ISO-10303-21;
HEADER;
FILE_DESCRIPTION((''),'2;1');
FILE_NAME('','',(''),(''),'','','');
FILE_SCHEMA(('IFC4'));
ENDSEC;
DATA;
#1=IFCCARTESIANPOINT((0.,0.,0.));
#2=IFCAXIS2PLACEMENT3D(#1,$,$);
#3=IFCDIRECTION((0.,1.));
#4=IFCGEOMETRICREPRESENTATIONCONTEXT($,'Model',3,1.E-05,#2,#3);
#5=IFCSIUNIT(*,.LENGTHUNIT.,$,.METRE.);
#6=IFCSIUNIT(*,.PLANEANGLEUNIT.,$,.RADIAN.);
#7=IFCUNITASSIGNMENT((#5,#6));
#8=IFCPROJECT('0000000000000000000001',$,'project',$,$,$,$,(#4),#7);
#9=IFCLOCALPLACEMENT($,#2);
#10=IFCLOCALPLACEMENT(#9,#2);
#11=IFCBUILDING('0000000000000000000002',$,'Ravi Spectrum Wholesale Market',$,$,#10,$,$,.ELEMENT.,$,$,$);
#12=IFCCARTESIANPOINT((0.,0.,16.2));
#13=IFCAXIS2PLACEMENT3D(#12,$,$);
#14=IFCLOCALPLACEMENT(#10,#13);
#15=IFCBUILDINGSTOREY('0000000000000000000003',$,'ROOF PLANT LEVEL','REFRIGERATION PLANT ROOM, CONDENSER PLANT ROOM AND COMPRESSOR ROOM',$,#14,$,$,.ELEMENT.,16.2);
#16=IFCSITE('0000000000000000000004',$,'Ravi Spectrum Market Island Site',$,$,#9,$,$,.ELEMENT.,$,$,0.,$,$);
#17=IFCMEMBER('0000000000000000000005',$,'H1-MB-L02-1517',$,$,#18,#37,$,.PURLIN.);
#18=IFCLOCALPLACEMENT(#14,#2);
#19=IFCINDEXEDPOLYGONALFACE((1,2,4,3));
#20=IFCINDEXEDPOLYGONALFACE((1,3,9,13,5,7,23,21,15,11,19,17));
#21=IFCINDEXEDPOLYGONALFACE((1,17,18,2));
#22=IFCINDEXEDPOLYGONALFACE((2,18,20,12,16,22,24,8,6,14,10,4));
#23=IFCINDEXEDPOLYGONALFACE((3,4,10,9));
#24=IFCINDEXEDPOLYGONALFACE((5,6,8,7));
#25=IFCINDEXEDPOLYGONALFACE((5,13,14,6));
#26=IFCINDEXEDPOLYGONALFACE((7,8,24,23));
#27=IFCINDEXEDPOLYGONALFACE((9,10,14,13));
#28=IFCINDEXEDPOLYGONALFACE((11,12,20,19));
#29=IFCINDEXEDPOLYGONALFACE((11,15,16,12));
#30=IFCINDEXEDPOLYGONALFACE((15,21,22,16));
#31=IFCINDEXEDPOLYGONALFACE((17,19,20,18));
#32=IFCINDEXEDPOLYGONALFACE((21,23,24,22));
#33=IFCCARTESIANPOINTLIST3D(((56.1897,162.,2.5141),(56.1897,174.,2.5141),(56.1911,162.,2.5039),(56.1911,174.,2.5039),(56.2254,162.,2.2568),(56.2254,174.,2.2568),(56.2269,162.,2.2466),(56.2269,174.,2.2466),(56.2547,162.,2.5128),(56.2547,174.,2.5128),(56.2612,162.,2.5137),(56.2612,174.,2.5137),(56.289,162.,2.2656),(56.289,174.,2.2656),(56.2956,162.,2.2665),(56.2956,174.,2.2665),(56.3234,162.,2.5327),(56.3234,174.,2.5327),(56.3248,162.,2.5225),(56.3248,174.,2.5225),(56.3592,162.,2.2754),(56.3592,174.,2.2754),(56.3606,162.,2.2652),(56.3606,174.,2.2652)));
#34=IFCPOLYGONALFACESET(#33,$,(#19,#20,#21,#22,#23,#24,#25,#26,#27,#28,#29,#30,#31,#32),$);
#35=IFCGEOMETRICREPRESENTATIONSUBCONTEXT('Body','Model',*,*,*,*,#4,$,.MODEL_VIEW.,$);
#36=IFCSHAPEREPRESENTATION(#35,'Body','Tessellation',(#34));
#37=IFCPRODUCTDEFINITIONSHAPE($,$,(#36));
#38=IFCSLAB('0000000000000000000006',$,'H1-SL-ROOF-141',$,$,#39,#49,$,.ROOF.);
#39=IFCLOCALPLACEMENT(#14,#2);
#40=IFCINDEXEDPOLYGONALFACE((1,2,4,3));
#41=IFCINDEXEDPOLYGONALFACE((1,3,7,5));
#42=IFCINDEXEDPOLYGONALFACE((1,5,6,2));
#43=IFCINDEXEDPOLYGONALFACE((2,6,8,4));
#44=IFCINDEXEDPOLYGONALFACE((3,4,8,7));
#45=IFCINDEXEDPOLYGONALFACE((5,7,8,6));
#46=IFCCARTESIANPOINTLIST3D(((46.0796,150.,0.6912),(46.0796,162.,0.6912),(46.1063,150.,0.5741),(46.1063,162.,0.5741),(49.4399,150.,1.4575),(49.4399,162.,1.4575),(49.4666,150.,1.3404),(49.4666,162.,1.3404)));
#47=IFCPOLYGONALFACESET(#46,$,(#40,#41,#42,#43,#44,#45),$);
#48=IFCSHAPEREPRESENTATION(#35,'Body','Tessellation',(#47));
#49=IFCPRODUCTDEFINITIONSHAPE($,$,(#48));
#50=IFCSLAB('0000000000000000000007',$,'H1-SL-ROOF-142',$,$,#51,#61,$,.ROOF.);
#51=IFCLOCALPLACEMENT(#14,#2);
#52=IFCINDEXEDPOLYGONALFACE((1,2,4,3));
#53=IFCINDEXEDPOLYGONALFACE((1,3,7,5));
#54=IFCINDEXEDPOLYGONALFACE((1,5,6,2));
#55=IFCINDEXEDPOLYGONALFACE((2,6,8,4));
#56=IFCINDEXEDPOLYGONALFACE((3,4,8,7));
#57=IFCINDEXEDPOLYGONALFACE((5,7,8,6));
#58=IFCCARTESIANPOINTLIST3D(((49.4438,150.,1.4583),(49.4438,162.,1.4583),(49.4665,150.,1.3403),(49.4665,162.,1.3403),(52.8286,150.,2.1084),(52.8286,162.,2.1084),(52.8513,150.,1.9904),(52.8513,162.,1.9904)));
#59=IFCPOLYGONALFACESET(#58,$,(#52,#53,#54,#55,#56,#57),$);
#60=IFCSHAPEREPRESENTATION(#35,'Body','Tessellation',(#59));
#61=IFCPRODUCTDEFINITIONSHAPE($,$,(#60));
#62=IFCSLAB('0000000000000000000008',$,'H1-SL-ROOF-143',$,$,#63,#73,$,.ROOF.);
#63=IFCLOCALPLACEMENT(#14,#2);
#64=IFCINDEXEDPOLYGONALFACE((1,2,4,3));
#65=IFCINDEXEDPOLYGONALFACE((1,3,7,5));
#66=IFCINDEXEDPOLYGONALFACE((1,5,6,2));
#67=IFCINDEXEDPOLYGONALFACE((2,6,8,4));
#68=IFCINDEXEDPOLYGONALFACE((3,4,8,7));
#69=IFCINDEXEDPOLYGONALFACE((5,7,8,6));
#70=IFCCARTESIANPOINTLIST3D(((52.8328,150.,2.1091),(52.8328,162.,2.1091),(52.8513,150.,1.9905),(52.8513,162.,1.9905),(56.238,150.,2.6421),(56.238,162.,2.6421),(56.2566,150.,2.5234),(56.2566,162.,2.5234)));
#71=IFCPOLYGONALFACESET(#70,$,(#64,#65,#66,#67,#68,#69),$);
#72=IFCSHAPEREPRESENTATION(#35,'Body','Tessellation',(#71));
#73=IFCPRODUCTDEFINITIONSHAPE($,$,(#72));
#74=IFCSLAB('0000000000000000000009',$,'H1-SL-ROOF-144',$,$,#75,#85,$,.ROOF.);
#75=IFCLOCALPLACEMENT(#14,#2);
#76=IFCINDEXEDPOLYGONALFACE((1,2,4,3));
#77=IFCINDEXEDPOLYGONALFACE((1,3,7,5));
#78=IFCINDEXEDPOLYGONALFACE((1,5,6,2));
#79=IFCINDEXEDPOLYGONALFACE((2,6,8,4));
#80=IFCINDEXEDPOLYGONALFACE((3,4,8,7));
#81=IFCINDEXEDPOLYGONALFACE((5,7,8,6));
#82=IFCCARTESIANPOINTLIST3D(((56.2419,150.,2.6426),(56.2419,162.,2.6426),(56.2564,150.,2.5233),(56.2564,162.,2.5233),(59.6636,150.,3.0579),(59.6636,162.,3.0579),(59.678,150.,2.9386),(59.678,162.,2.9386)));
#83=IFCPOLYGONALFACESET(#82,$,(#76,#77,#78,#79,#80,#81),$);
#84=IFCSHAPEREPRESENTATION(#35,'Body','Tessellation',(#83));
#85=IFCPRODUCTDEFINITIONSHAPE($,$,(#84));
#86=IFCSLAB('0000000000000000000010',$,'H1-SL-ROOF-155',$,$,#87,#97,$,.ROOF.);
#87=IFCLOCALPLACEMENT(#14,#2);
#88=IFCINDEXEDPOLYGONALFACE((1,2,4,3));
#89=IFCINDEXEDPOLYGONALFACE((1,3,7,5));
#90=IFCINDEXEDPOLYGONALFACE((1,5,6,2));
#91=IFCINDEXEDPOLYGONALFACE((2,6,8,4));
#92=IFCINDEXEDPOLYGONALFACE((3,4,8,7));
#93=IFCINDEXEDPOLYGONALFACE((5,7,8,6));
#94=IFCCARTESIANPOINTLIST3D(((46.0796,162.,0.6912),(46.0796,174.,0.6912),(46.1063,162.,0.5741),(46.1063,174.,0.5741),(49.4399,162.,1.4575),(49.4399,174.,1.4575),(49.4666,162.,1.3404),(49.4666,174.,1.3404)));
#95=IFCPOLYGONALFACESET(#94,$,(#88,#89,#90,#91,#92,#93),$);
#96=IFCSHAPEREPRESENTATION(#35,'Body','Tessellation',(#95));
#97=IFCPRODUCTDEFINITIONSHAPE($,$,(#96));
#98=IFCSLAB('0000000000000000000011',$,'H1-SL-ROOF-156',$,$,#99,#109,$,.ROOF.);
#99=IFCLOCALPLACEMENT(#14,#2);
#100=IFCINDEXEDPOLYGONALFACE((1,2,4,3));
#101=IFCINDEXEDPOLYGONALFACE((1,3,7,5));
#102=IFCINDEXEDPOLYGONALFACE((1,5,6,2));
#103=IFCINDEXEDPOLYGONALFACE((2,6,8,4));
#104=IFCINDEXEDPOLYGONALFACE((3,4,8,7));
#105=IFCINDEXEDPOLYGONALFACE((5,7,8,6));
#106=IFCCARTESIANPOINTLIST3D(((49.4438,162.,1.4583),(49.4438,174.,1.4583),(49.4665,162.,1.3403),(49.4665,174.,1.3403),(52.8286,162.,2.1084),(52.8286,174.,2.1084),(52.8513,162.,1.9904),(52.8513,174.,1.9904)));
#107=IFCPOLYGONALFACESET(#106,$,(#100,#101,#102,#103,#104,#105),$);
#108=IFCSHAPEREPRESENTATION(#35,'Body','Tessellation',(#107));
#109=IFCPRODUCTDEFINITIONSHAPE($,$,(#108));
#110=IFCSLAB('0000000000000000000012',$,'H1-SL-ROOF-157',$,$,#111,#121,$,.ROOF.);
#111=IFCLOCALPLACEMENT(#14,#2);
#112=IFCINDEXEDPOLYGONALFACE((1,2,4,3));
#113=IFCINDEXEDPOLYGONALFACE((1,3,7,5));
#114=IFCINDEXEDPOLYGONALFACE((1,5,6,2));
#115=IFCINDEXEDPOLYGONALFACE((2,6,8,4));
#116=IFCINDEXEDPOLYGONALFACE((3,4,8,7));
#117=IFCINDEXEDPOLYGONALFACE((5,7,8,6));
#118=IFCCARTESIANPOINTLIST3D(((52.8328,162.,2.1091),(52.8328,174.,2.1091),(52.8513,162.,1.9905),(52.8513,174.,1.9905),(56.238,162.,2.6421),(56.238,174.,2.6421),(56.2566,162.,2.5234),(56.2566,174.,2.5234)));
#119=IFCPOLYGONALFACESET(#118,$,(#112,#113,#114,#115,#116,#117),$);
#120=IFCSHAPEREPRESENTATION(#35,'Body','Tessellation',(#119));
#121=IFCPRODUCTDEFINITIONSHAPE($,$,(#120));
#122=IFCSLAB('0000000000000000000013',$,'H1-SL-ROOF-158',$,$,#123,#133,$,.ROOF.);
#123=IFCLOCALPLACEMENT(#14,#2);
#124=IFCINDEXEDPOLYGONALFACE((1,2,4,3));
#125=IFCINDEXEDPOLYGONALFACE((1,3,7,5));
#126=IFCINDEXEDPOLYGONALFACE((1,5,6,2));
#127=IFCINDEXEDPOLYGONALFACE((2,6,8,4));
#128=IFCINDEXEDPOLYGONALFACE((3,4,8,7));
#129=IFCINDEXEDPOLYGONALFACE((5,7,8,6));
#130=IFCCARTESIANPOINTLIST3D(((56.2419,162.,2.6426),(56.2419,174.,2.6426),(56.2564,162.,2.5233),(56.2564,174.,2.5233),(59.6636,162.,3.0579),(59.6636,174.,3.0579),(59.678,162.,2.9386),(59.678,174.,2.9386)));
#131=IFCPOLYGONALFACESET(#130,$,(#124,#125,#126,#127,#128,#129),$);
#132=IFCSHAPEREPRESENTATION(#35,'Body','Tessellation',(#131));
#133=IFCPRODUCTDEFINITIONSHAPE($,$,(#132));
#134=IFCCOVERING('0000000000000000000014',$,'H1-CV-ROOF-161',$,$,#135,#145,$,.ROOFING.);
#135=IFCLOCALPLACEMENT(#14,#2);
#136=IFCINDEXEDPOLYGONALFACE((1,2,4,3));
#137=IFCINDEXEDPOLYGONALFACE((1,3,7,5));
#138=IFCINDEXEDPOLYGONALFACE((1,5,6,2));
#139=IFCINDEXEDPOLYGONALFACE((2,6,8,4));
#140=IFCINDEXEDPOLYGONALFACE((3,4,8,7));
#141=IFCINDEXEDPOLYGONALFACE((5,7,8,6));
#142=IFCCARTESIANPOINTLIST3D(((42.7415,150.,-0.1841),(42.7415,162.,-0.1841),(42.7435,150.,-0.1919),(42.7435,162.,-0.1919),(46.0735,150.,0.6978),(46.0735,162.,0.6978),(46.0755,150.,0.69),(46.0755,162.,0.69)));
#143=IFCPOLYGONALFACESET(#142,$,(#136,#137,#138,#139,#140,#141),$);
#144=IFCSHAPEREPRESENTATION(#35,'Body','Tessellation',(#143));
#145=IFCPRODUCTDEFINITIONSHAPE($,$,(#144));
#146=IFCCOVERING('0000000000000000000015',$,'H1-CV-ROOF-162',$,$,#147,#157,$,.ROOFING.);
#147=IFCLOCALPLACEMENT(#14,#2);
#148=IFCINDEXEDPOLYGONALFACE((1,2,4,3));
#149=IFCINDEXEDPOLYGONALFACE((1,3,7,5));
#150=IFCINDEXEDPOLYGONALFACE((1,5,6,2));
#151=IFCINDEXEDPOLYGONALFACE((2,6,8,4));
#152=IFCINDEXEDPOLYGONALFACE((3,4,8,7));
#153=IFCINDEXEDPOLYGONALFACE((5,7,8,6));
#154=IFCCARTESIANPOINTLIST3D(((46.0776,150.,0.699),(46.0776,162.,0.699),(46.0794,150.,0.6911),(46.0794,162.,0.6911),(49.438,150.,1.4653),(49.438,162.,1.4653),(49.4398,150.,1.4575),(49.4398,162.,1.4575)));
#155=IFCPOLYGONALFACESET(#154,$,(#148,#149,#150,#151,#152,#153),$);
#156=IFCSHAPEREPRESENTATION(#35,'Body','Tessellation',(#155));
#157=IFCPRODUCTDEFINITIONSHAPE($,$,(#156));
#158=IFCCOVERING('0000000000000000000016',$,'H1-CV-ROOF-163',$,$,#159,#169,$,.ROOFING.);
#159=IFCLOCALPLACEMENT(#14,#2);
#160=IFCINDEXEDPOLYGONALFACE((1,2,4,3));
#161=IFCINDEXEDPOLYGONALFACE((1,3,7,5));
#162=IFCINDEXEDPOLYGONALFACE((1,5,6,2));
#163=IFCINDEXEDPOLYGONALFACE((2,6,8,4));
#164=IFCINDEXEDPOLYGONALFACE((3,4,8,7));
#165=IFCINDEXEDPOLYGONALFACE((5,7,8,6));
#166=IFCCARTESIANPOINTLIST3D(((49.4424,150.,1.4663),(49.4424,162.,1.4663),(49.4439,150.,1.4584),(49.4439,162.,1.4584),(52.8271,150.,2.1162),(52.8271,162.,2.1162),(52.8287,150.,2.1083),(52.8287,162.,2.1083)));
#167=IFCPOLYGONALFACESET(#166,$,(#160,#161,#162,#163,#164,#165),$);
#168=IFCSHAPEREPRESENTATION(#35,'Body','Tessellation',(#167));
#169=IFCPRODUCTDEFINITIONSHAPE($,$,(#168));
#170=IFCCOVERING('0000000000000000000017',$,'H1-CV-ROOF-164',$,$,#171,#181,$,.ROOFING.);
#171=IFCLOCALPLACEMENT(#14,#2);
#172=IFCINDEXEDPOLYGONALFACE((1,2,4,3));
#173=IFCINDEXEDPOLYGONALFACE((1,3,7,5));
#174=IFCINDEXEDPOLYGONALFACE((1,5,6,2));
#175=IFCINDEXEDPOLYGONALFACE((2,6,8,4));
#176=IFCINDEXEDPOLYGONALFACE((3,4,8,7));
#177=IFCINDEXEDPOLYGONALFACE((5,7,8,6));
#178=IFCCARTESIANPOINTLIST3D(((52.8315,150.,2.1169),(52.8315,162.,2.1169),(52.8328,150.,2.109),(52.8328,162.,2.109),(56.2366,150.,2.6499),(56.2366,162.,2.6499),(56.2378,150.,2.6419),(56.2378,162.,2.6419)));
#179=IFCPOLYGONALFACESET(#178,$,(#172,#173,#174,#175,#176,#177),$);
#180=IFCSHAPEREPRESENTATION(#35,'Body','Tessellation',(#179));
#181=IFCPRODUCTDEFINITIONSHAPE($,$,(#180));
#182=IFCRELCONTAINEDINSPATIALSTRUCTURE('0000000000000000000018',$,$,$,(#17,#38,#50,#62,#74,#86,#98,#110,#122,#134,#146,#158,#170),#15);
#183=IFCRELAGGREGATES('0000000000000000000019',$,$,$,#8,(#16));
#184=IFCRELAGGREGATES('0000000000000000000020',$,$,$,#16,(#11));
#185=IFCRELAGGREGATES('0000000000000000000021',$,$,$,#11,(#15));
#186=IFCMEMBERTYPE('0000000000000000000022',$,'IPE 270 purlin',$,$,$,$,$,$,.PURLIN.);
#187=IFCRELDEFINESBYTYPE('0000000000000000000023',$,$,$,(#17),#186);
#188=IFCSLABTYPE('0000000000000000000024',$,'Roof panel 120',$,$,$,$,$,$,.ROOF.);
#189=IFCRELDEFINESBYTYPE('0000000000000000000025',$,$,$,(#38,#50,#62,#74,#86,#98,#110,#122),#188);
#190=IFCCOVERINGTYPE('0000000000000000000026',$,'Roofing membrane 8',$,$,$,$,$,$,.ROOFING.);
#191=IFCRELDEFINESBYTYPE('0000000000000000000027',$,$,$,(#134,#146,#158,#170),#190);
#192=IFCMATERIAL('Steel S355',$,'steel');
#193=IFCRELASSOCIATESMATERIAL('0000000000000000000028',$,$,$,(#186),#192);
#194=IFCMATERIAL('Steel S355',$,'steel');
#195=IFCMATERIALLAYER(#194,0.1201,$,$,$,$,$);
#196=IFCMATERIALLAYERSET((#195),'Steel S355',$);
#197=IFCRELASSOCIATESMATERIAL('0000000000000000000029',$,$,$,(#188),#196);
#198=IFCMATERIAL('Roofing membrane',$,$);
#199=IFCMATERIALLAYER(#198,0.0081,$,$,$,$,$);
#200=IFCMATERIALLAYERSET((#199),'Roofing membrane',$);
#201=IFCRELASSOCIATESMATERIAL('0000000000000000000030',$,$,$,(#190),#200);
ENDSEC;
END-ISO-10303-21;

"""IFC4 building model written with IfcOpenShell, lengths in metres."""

from ifc_helpers import new_model, si_unit, direction, frame, origin, origin_2d, place, context, subcontext, project, spatial, polyline, i_section, outline, extrude, material, layer, layer_set, material_profile, profile_set, type_object, element, save


model = new_model("IFC4")

# Units and contexts
model_context = context("Model", 3, precision=1e-05, world=origin(), true_north=direction((0.0, 1.0)))
body_context = subcontext(model_context, "Body", "Model", "MODEL_VIEW")
ifc_project = project(units=[si_unit("LENGTHUNIT", "METRE"), si_unit("PLANEANGLEUNIT", "RADIAN")], contexts=[model_context])

# Site, building, storey
site_placement = place(None, origin())
site = spatial("IfcSite", under=ifc_project, at=site_placement, Name="Ravi Spectrum Market Island Site", CompositionType="ELEMENT", RefElevation=0.0)
building_placement = place(site_placement, origin())
building = spatial("IfcBuilding", under=site, at=building_placement, Name="Ravi Spectrum Wholesale Market", CompositionType="ELEMENT")
storey_placement = place(building_placement, frame((0.0, 0.0, 16.2)))
storey = spatial("IfcBuildingStorey", under=building, at=storey_placement, Name="ROOF PLANT LEVEL", Description="REFRIGERATION PLANT ROOM, CONDENSER PLANT ROOM AND COMPRESSOR ROOM", CompositionType="ELEMENT", Elevation=16.2)

# Member
ifc_material_1 = material(Name="Steel S355", Category="steel")
ifc_material_profile_1 = material_profile(ifc_material_1, i_section(OverallWidth=0.135, OverallDepth=0.27, WebThickness=0.0066, FlangeThickness=0.0103, at=origin_2d()))
ifc_profile_set_1 = profile_set([ifc_material_profile_1], Name="Steel S355")
member_type_1 = type_object("IfcMemberType", Name="IPE 270 purlin", PredefinedType="PURLIN", material=ifc_profile_set_1)
for number, where, z_axis, x_axis, name in (
    (1, (56.2751, 162.0, 2.3896), (0.0, 1.0, 0.0), (-0.990494, 0.0, -0.137557), "H1-MB-L02-1517"),
):
    element("IfcMember", number, at=place(storey_placement, frame(where, z_axis=z_axis, x_axis=x_axis)), inside=storey, type_object=member_type_1, Name=name, PredefinedType="PURLIN", context=body_context, shape_type="SweptSolid", body=[
        extrude(i_section(OverallWidth=0.135, OverallDepth=0.27, WebThickness=0.0066, FlangeThickness=0.0103, at=origin_2d()), origin(), (0.0, 0.0, 1.0), 12.0),
    ])

# Slabs
ifc_material_2 = material(Name="Steel S355", Category="steel")
ifc_layer_1 = layer(ifc_material_2, 0.1201)
ifc_layer_set_1 = layer_set([ifc_layer_1], Name="Steel S355")
slab_type = type_object("IfcSlabType", Name="Roof panel 120", PredefinedType="ROOF", material=ifc_layer_set_1)
slab_1_placement = place(storey_placement, frame((46.0796, 150.0, 0.6912), z_axis=(-0.22235, 0.0, 0.974967), x_axis=(0.974967, 0.0, 0.22235)))
element("IfcSlab", 2, at=slab_1_placement, inside=storey, type_object=slab_type, Name="H1-SL-ROOF-141", PredefinedType="ROOF", context=body_context, shape_type="SweptSolid", body=[
    extrude(outline(polyline([(0.0, 0.0), (3.4466, 0.0), (3.4466, 12.0), (0.0, 12.0), (0.0, 0.0)])), origin(), (0.0, 0.0, -1.0), 0.1201),
])
slab_2_placement = place(storey_placement, frame((49.4438, 150.0, 1.4583), z_axis=(-0.188632, 0.0, 0.982048), x_axis=(0.982048, 0.0, 0.188632)))
element("IfcSlab", 3, at=slab_2_placement, inside=storey, type_object=slab_type, Name="H1-SL-ROOF-142", PredefinedType="ROOF", context=body_context, shape_type="SweptSolid", body=[
    extrude(outline(polyline([(0.0, 0.0), (3.4466, 0.0), (3.4466, 12.0), (0.0, 12.0), (0.0, 0.0)])), origin(), (0.0, 0.0, -1.0), 0.1201),
])
slab_3_placement = place(storey_placement, frame((52.8328, 150.0, 2.1091), z_axis=(-0.154628, 0.0, 0.987973), x_axis=(0.987973, 0.0, 0.154628)))
element("IfcSlab", 4, at=slab_3_placement, inside=storey, type_object=slab_type, Name="H1-SL-ROOF-143", PredefinedType="ROOF", context=body_context, shape_type="SweptSolid", body=[
    extrude(outline(polyline([(0.0, 0.0), (3.4467, 0.0), (3.4467, 12.0), (0.0, 12.0), (0.0, 0.0)])), origin(), (0.0, 0.0, -1.0), 0.1201),
])
slab_4_placement = place(storey_placement, frame((56.2419, 150.0, 2.6426), z_axis=(-0.120486, 0.0, 0.992715), x_axis=(0.992715, 0.0, 0.120486)))
element("IfcSlab", 5, at=slab_4_placement, inside=storey, type_object=slab_type, Name="H1-SL-ROOF-144", PredefinedType="ROOF", context=body_context, shape_type="SweptSolid", body=[
    extrude(outline(polyline([(0.0, 0.0), (3.4467, 0.0), (3.4467, 12.0), (0.0, 12.0), (0.0, 0.0)])), origin(), (0.0, 0.0, -1.0), 0.1201),
])
slab_5_placement = place(storey_placement, frame((46.0796, 162.0, 0.6912), z_axis=(-0.22235, 0.0, 0.974967), x_axis=(0.974967, 0.0, 0.22235)))
element("IfcSlab", 6, at=slab_5_placement, inside=storey, type_object=slab_type, Name="H1-SL-ROOF-155", PredefinedType="ROOF", context=body_context, shape_type="SweptSolid", body=[
    extrude(outline(polyline([(0.0, 0.0), (3.4466, 0.0), (3.4466, 12.0), (0.0, 12.0), (0.0, 0.0)])), origin(), (0.0, 0.0, -1.0), 0.1201),
])
slab_6_placement = place(storey_placement, frame((49.4438, 162.0, 1.4583), z_axis=(-0.188632, 0.0, 0.982048), x_axis=(0.982048, 0.0, 0.188632)))
element("IfcSlab", 7, at=slab_6_placement, inside=storey, type_object=slab_type, Name="H1-SL-ROOF-156", PredefinedType="ROOF", context=body_context, shape_type="SweptSolid", body=[
    extrude(outline(polyline([(0.0, 0.0), (3.4466, 0.0), (3.4466, 12.0), (0.0, 12.0), (0.0, 0.0)])), origin(), (0.0, 0.0, -1.0), 0.1201),
])
slab_7_placement = place(storey_placement, frame((52.8328, 162.0, 2.1091), z_axis=(-0.154628, 0.0, 0.987973), x_axis=(0.987973, 0.0, 0.154628)))
element("IfcSlab", 8, at=slab_7_placement, inside=storey, type_object=slab_type, Name="H1-SL-ROOF-157", PredefinedType="ROOF", context=body_context, shape_type="SweptSolid", body=[
    extrude(outline(polyline([(0.0, 0.0), (3.4467, 0.0), (3.4467, 12.0), (0.0, 12.0), (0.0, 0.0)])), origin(), (0.0, 0.0, -1.0), 0.1201),
])
slab_8_placement = place(storey_placement, frame((56.2419, 162.0, 2.6426), z_axis=(-0.120486, 0.0, 0.992715), x_axis=(0.992715, 0.0, 0.120486)))
element("IfcSlab", 9, at=slab_8_placement, inside=storey, type_object=slab_type, Name="H1-SL-ROOF-158", PredefinedType="ROOF", context=body_context, shape_type="SweptSolid", body=[
    extrude(outline(polyline([(0.0, 0.0), (3.4467, 0.0), (3.4467, 12.0), (0.0, 12.0), (0.0, 0.0)])), origin(), (0.0, 0.0, -1.0), 0.1201),
])

# Coverings
ifc_material_3 = material(Name="Roofing membrane")
ifc_layer_2 = layer(ifc_material_3, 0.0081)
ifc_layer_set_2 = layer_set([ifc_layer_2], Name="Roofing membrane")
covering_type = type_object("IfcCoveringType", Name="Roofing membrane 8", PredefinedType="ROOFING", material=ifc_layer_set_2)
covering_1_placement = place(storey_placement, frame((42.7415, 150.0, -0.1841), z_axis=(-0.255846, 0.0, 0.966718), x_axis=(0.966718, 0.0, 0.255846)))
element("IfcCovering", 10, at=covering_1_placement, inside=storey, type_object=covering_type, Name="H1-CV-ROOF-161", PredefinedType="ROOFING", context=body_context, shape_type="SweptSolid", body=[
    extrude(outline(polyline([(0.0, 0.0), (3.4467, 0.0), (3.4467, 12.0), (0.0, 12.0), (0.0, 0.0)])), origin(), (0.0, 0.0, -1.0), 0.0081),
])
covering_2_placement = place(storey_placement, frame((46.0776, 150.0, 0.699), z_axis=(-0.22235, 0.0, 0.974967), x_axis=(0.974967, 0.0, 0.22235)))
element("IfcCovering", 11, at=covering_2_placement, inside=storey, type_object=covering_type, Name="H1-CV-ROOF-162", PredefinedType="ROOFING", context=body_context, shape_type="SweptSolid", body=[
    extrude(outline(polyline([(0.0, 0.0), (3.4466, 0.0), (3.4466, 12.0), (0.0, 12.0), (0.0, 0.0)])), origin(), (0.0, 0.0, -1.0), 0.0081),
])
covering_3_placement = place(storey_placement, frame((49.4424, 150.0, 1.4663), z_axis=(-0.188564, 0.0, 0.982061), x_axis=(0.982061, 0.0, 0.188564)))
element("IfcCovering", 12, at=covering_3_placement, inside=storey, type_object=covering_type, Name="H1-CV-ROOF-163", PredefinedType="ROOFING", context=body_context, shape_type="SweptSolid", body=[
    extrude(outline(polyline([(0.0, 0.0), (3.4466, 0.0), (3.4466, 12.0), (0.0, 12.0), (0.0, 0.0)])), origin(), (0.0, 0.0, -1.0), 0.0081),
])
covering_4_placement = place(storey_placement, frame((52.8315, 150.0, 2.1169), z_axis=(-0.154638, 0.0, 0.987971), x_axis=(0.987971, 0.0, 0.154638)))
element("IfcCovering", 13, at=covering_4_placement, inside=storey, type_object=covering_type, Name="H1-CV-ROOF-164", PredefinedType="ROOFING", context=body_context, shape_type="SweptSolid", body=[
    extrude(outline(polyline([(0.0, 0.0), (3.4465, 0.0), (3.4465, 12.0), (0.0, 12.0), (0.0, 0.0)])), origin(), (0.0, 0.0, -1.0), 0.0081),
])

save(model, "model.ifc")
